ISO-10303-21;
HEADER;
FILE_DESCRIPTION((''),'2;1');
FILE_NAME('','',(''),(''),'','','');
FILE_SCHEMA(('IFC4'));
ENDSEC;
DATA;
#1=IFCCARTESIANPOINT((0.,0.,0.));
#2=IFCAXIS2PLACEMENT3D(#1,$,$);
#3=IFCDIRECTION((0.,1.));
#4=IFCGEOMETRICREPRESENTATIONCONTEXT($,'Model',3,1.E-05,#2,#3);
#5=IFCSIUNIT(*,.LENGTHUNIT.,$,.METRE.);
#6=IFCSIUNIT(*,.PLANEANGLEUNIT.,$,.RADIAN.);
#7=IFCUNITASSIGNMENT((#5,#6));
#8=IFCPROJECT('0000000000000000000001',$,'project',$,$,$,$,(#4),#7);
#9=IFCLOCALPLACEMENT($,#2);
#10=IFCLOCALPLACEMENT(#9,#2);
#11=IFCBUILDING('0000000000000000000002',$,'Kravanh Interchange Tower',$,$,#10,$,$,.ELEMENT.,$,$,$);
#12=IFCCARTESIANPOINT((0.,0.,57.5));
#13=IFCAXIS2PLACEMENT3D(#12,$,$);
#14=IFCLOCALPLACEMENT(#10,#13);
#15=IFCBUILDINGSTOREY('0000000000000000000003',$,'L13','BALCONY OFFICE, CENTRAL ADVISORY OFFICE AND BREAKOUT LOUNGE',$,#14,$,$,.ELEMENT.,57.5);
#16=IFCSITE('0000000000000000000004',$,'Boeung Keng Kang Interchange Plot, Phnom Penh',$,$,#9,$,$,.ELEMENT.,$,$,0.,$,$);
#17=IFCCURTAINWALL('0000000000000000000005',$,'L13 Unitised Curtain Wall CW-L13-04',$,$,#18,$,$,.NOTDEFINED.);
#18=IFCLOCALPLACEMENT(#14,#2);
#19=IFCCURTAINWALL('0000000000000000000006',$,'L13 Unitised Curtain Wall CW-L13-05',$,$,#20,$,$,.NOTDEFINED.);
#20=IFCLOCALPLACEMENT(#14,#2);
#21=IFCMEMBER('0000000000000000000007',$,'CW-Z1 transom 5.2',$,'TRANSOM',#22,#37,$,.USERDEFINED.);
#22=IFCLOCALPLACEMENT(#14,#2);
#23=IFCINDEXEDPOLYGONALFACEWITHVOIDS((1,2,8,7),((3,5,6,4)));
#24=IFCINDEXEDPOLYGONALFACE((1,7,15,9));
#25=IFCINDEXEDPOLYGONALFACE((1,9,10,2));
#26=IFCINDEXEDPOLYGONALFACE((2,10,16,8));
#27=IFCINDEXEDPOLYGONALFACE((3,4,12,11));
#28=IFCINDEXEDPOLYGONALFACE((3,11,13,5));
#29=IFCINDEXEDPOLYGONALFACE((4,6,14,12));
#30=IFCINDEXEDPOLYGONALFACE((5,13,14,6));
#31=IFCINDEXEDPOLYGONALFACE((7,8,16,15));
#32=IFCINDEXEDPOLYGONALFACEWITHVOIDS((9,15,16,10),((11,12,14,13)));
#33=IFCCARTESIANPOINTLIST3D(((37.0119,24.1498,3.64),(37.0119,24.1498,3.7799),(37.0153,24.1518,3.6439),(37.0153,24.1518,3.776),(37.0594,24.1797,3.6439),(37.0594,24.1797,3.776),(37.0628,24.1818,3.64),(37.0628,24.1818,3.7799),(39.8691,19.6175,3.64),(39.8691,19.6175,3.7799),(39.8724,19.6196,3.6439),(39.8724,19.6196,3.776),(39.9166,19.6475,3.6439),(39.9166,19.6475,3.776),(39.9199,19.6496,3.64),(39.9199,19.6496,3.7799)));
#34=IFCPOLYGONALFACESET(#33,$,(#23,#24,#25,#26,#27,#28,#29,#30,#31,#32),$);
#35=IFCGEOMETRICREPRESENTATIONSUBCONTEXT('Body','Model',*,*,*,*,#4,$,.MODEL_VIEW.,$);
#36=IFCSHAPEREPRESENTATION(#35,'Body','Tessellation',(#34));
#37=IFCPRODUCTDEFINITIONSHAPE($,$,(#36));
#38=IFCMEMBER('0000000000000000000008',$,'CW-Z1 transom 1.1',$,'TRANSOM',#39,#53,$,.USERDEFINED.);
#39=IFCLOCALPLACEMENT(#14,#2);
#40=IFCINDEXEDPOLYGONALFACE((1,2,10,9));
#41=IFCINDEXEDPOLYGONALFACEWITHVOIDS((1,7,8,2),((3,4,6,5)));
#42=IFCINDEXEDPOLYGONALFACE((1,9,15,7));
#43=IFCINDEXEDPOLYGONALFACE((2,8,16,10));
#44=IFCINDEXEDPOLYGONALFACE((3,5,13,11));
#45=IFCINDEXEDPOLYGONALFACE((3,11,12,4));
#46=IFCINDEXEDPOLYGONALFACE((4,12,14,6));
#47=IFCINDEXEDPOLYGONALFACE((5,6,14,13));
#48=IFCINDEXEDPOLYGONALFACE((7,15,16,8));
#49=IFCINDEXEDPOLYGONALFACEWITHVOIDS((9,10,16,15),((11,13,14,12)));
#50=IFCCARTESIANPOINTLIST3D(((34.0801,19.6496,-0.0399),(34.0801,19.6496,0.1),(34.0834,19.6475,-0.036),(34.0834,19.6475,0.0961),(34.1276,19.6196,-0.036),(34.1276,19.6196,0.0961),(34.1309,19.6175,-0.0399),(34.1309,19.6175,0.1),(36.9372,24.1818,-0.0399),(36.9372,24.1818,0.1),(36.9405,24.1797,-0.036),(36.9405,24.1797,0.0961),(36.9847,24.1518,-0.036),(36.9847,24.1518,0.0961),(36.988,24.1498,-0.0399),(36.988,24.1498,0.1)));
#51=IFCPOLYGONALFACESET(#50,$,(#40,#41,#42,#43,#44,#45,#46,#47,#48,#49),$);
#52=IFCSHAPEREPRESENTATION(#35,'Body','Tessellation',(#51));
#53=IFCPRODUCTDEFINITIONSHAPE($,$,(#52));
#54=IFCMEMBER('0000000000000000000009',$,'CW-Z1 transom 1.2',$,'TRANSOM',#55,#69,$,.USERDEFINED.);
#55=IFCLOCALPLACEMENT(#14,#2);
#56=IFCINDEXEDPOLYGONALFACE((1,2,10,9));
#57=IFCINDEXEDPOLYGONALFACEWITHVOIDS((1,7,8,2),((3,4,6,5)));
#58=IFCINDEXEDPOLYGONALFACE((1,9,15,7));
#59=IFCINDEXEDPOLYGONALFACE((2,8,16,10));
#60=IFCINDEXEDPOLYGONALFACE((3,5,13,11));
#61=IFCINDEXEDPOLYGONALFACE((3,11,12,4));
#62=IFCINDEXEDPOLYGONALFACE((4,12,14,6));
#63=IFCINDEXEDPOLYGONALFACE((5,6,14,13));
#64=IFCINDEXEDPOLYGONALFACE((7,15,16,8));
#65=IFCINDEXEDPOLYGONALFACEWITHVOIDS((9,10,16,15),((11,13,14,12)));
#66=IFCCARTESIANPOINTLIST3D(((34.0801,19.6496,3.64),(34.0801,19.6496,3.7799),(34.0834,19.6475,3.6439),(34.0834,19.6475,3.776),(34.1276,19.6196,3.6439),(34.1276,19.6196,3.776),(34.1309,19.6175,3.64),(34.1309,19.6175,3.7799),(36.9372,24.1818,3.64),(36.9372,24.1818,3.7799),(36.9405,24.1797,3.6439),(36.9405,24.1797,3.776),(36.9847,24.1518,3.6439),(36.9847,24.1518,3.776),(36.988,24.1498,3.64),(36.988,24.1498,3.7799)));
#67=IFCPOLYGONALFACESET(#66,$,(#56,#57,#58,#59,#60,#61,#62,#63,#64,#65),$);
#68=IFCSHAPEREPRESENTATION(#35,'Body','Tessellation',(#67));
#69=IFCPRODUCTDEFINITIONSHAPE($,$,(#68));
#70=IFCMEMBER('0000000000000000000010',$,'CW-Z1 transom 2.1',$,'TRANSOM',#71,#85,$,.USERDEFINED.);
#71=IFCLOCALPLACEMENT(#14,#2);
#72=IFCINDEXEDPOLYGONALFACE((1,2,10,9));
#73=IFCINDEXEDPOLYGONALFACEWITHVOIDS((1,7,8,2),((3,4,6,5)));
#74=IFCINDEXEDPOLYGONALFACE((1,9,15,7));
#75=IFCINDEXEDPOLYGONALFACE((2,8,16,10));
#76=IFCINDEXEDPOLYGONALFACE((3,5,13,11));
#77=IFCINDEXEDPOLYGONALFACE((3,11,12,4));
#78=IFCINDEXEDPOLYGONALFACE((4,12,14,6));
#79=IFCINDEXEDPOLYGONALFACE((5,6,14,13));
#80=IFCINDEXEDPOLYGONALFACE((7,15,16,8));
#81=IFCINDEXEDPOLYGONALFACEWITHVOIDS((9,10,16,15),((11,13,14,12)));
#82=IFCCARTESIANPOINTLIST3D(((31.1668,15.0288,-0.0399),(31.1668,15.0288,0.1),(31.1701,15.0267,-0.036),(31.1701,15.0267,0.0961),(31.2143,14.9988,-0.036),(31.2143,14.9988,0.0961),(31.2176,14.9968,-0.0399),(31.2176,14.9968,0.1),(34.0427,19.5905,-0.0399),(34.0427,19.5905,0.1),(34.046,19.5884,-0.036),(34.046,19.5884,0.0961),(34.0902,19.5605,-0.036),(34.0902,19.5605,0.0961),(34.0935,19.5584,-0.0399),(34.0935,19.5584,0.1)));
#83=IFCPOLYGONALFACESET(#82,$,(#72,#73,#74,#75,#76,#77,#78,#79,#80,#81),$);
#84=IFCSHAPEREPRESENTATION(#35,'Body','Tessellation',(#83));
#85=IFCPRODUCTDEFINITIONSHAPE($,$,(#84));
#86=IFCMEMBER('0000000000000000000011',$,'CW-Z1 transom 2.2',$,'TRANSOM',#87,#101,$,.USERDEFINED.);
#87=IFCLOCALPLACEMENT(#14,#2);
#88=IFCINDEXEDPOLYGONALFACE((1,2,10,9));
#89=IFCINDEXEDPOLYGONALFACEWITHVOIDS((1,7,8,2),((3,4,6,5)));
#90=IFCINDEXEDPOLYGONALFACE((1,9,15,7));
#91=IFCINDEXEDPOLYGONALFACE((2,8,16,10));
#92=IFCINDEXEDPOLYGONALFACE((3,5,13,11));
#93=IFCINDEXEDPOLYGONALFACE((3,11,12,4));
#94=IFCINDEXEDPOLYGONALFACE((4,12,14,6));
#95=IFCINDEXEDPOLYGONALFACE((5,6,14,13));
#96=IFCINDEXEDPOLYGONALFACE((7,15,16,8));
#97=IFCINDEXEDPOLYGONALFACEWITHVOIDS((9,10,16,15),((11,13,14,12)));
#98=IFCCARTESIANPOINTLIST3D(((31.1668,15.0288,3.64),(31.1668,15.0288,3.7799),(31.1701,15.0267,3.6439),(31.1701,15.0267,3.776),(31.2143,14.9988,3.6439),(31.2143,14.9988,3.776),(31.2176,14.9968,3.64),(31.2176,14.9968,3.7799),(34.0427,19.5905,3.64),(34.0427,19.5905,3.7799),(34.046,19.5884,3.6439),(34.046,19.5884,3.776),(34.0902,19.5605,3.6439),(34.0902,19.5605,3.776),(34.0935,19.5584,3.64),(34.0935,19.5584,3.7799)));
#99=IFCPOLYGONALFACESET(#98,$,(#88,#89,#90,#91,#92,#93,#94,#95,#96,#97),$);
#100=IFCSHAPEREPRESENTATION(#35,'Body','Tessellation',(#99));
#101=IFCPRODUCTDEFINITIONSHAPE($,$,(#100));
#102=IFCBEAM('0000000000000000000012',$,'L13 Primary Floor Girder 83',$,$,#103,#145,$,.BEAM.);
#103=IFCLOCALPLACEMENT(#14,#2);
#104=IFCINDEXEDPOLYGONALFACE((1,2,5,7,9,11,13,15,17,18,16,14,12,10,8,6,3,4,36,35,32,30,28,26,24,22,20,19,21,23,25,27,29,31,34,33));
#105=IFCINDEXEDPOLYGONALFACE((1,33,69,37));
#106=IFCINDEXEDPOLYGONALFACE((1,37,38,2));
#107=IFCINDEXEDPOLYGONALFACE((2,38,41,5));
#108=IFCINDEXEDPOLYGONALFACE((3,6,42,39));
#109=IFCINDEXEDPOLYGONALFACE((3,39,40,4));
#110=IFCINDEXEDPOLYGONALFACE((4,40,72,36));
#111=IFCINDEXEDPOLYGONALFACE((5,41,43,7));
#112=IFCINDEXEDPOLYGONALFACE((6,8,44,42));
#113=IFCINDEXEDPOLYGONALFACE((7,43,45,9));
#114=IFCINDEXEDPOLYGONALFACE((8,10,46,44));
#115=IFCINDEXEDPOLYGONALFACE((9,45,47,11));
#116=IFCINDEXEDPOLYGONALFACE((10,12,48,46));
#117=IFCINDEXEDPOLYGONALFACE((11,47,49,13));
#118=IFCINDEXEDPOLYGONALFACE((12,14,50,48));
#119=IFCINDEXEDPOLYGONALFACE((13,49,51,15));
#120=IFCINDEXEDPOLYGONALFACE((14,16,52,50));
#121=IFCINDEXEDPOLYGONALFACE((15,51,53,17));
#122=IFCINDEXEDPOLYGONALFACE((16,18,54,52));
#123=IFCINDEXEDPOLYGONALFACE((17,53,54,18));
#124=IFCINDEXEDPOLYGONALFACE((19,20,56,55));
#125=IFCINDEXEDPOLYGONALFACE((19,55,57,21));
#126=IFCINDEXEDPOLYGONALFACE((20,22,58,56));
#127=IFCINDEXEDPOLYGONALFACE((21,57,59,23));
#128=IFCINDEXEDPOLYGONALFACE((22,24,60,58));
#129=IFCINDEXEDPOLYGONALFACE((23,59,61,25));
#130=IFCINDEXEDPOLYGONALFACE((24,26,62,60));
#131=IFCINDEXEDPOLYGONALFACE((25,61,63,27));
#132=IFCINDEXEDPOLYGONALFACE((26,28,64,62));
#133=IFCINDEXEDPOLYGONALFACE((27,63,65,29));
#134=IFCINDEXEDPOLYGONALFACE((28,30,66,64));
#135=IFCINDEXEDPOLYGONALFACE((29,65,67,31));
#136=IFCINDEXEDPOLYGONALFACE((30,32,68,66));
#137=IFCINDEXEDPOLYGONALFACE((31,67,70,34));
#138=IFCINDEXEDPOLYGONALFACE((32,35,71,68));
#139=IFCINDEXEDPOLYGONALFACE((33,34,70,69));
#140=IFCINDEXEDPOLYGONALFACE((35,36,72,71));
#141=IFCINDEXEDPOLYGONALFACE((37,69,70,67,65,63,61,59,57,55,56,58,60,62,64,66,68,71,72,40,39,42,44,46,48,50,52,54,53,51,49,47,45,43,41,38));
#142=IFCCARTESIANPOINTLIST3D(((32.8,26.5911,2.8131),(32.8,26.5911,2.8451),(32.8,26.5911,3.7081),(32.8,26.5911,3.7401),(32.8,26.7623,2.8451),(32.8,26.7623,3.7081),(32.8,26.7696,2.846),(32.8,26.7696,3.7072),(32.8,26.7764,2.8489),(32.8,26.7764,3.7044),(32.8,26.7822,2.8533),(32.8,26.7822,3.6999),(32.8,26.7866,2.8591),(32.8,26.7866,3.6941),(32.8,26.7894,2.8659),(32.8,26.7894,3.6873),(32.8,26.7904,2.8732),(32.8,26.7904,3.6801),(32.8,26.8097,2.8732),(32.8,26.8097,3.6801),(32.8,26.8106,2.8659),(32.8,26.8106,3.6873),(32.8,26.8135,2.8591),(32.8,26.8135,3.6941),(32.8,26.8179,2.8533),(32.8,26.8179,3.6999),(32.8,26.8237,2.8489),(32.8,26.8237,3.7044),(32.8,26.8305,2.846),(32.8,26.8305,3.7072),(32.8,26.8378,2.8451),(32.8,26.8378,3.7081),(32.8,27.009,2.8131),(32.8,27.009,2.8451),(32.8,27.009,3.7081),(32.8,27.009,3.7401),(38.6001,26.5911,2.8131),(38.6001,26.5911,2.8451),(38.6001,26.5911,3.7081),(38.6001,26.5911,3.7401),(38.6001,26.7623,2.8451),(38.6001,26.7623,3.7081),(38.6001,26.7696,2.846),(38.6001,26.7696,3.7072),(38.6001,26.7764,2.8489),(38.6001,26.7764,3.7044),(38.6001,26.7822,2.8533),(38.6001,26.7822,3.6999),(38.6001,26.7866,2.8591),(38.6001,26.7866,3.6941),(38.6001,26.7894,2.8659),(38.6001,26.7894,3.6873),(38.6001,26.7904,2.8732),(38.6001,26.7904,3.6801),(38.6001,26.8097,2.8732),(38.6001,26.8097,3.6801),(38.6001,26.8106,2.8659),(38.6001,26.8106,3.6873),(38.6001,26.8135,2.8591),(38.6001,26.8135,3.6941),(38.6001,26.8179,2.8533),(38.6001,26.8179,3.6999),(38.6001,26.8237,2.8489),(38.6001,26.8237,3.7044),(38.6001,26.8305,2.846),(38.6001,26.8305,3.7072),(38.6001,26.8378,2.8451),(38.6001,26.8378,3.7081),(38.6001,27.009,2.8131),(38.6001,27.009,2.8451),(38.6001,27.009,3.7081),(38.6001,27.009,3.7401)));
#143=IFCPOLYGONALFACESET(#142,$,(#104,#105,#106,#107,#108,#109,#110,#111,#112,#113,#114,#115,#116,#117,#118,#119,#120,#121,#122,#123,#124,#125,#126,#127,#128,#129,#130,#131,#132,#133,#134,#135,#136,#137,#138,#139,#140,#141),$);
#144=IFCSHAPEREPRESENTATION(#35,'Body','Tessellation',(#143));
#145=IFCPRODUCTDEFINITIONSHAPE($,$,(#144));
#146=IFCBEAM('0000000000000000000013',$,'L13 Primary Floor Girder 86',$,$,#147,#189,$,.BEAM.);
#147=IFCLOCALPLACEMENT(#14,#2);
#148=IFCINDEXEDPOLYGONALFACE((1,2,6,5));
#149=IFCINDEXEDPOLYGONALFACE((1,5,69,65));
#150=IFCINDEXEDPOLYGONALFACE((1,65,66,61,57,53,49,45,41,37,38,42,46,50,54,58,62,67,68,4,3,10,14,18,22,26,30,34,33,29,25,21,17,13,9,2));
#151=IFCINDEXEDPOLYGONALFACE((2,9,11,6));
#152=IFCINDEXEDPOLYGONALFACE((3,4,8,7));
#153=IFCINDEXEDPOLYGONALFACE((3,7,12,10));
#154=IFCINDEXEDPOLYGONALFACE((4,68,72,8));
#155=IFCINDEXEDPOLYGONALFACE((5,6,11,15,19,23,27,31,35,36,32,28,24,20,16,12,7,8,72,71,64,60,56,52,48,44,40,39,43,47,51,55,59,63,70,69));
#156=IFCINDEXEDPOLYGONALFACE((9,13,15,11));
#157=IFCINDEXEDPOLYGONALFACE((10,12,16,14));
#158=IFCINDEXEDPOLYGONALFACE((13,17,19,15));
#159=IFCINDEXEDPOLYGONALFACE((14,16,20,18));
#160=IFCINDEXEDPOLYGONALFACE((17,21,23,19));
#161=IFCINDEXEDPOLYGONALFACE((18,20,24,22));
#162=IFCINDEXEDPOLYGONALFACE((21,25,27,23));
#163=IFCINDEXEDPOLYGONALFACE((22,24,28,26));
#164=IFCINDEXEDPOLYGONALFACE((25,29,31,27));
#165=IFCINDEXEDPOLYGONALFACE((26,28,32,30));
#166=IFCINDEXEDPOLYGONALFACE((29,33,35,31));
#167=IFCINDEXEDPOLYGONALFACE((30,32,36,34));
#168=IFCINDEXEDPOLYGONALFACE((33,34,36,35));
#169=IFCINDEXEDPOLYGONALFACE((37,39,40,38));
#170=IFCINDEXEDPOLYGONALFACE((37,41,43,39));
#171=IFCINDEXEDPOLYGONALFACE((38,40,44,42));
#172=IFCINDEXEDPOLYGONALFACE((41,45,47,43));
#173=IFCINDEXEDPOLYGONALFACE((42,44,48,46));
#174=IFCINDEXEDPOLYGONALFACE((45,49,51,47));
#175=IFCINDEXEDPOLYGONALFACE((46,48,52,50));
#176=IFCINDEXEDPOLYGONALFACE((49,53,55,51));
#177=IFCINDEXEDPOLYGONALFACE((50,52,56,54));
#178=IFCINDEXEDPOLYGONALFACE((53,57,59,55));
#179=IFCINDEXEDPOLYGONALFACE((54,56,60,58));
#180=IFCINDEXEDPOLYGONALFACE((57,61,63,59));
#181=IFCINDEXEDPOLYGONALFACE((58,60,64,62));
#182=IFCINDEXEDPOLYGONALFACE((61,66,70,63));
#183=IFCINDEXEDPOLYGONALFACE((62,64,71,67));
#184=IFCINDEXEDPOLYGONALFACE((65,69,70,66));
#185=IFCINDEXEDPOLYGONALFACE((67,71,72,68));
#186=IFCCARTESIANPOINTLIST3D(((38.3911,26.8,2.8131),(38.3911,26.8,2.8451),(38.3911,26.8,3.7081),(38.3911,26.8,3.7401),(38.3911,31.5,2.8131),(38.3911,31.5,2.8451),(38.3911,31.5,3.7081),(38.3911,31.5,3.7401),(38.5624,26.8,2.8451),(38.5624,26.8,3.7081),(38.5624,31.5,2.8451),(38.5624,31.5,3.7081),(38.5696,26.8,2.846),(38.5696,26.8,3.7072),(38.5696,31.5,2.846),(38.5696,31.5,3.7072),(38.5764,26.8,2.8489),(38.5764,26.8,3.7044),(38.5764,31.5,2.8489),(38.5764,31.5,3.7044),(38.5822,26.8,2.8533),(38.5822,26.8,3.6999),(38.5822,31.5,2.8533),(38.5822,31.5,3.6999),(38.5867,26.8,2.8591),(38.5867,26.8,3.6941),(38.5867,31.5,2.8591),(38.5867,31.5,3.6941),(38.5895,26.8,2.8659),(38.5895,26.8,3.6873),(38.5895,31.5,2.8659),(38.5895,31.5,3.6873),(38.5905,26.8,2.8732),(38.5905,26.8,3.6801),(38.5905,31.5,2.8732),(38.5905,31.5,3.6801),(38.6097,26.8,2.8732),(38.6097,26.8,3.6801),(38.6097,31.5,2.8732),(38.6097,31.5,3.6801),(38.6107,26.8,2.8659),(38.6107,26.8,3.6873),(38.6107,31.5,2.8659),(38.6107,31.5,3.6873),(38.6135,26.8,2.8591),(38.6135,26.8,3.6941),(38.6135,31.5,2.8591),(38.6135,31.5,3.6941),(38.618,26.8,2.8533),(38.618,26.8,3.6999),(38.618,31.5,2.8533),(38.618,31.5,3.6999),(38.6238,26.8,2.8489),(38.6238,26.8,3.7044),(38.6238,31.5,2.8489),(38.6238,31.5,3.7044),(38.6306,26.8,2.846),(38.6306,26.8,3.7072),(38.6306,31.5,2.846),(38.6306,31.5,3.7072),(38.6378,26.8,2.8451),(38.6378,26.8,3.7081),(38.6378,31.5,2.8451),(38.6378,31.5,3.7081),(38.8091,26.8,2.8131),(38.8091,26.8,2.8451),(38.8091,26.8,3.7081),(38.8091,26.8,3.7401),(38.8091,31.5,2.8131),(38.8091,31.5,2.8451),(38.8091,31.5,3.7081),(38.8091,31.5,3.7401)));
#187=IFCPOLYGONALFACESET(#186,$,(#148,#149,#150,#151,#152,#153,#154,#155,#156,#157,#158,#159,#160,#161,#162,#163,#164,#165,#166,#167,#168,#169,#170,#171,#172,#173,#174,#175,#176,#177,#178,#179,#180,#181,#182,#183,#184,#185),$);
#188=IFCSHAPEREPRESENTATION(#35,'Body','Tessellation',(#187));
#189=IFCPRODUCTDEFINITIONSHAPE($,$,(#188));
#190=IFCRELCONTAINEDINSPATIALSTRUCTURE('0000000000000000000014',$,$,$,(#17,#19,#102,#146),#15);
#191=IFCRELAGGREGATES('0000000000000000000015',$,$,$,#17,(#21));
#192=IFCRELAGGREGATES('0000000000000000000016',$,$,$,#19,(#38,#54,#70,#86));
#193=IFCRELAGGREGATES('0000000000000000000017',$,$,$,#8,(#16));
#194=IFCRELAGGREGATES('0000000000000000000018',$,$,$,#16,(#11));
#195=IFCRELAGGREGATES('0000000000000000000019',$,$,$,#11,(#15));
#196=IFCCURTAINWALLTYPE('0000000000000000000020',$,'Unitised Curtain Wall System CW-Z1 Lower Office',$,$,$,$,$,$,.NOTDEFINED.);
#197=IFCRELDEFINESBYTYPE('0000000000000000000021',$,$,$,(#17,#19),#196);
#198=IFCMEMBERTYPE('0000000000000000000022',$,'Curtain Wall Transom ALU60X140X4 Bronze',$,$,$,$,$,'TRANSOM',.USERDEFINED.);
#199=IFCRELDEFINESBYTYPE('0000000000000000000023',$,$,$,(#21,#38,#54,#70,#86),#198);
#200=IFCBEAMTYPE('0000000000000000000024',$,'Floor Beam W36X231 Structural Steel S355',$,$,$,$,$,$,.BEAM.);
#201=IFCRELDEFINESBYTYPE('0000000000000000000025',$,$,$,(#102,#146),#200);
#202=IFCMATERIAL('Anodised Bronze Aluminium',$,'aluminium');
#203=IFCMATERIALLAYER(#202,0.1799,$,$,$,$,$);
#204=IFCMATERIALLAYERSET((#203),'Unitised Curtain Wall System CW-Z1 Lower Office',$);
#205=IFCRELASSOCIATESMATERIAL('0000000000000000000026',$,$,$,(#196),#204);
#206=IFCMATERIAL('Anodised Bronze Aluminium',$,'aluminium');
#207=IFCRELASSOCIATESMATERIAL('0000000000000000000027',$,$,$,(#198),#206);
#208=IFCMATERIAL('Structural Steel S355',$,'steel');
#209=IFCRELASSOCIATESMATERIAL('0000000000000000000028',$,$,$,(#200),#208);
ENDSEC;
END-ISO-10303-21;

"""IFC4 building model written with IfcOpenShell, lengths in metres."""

from ifc_helpers import new_model, si_unit, direction, frame, origin, origin_2d, place, context, subcontext, project, spatial, hollow_rectangle, i_section, extrude, material, layer, layer_set, material_profile, profile_set, type_object, element, aggregate, save


model = new_model("IFC4")

# Units and contexts
model_context = context("Model", 3, precision=1e-05, world=origin(), true_north=direction((0.0, 1.0)))
body_context = subcontext(model_context, "Body", "Model", "MODEL_VIEW")
ifc_project = project(units=[si_unit("LENGTHUNIT", "METRE"), si_unit("PLANEANGLEUNIT", "RADIAN")], contexts=[model_context])

# Site, building, storey
site_placement = place(None, origin())
site = spatial("IfcSite", under=ifc_project, at=site_placement, Name="Boeung Keng Kang Interchange Plot, Phnom Penh", CompositionType="ELEMENT", RefElevation=0.0)
building_placement = place(site_placement, origin())
building = spatial("IfcBuilding", under=site, at=building_placement, Name="Kravanh Interchange Tower", CompositionType="ELEMENT")
storey_placement = place(building_placement, frame((0.0, 0.0, 57.5)))
storey = spatial("IfcBuildingStorey", under=building, at=storey_placement, Name="L13", Description="BALCONY OFFICE, CENTRAL ADVISORY OFFICE AND BREAKOUT LOUNGE", CompositionType="ELEMENT", Elevation=57.5)

# Curtain walls
ifc_material_1 = material(Name="Anodised Bronze Aluminium", Category="aluminium")
ifc_layer_1 = layer(ifc_material_1, 0.1799)
ifc_layer_set_1 = layer_set([ifc_layer_1], Name="Unitised Curtain Wall System CW-Z1 Lower Office")
curtain_wall_type = type_object("IfcCurtainWallType", Name="Unitised Curtain Wall System CW-Z1 Lower Office", PredefinedType="NOTDEFINED", material=ifc_layer_set_1)
curtain_wall_1_placement = place(storey_placement, origin())
curtain_wall_1 = element("IfcCurtainWall", 1, at=curtain_wall_1_placement, inside=storey, type_object=curtain_wall_type, Name="L13 Unitised Curtain Wall CW-L13-04", PredefinedType="NOTDEFINED")
curtain_wall_2_placement = place(storey_placement, origin())
curtain_wall_2 = element("IfcCurtainWall", 2, at=curtain_wall_2_placement, inside=storey, type_object=curtain_wall_type, Name="L13 Unitised Curtain Wall CW-L13-05", PredefinedType="NOTDEFINED")

# Members
ifc_material_2 = material(Name="Anodised Bronze Aluminium", Category="aluminium")
ifc_material_profile_1 = material_profile(ifc_material_2, hollow_rectangle(XDim=0.0601, YDim=0.1399, WallThickness=0.0039, at=origin_2d()), Name="ALU60X140X4")
ifc_profile_set_1 = profile_set([ifc_material_profile_1], Name="Anodised Bronze Aluminium")
member_type_1 = type_object("IfcMemberType", Name="Curtain Wall Transom ALU60X140X4 Bronze", ElementType="TRANSOM", PredefinedType="USERDEFINED", material=ifc_profile_set_1)
member_1_placement = place(storey_placement, frame((39.8945, 19.6335, 3.71), z_axis=(-0.533288, 0.845934, 0.0), x_axis=(-0.845934, -0.533288, 0.0)))
member_1 = element("IfcMember", 3, at=member_1_placement, type_object=member_type_1, Name="CW-Z1 transom 5.2", ObjectType="TRANSOM", PredefinedType="USERDEFINED", context=body_context, shape_type="SweptSolid", body=[
    extrude(hollow_rectangle(XDim=0.0601, YDim=0.1399, WallThickness=0.0039, at=origin_2d()), origin(), (0.0, 0.0, 1.0), 5.3577),
])
member_2_placement = place(storey_placement, frame((36.9626, 24.1658, 0.03), z_axis=(-0.533288, -0.845934, 0.0), x_axis=(0.845934, -0.533288, 0.0)))
member_2 = element("IfcMember", 4, at=member_2_placement, type_object=member_type_1, Name="CW-Z1 transom 1.1", ObjectType="TRANSOM", PredefinedType="USERDEFINED", context=body_context, shape_type="SweptSolid", body=[
    extrude(hollow_rectangle(XDim=0.0601, YDim=0.1399, WallThickness=0.0039, at=origin_2d()), origin(), (0.0, 0.0, 1.0), 5.3577),
])
member_3_placement = place(storey_placement, frame((36.9626, 24.1658, 3.71), z_axis=(-0.533288, -0.845934, 0.0), x_axis=(0.845934, -0.533288, 0.0)))
member_3 = element("IfcMember", 5, at=member_3_placement, type_object=member_type_1, Name="CW-Z1 transom 1.2", ObjectType="TRANSOM", PredefinedType="USERDEFINED", context=body_context, shape_type="SweptSolid", body=[
    extrude(hollow_rectangle(XDim=0.0601, YDim=0.1399, WallThickness=0.0039, at=origin_2d()), origin(), (0.0, 0.0, 1.0), 5.3577),
])
member_4_placement = place(storey_placement, frame((34.0681, 19.5745, 0.03), z_axis=(-0.533311, -0.845919, 0.0), x_axis=(0.845919, -0.533311, 0.0)))
member_4 = element("IfcMember", 6, at=member_4_placement, type_object=member_type_1, Name="CW-Z1 transom 2.1", ObjectType="TRANSOM", PredefinedType="USERDEFINED", context=body_context, shape_type="SweptSolid", body=[
    extrude(hollow_rectangle(XDim=0.0601, YDim=0.1399, WallThickness=0.0039, at=origin_2d()), origin(), (0.0, 0.0, 1.0), 5.3926),
])
member_5_placement = place(storey_placement, frame((34.0681, 19.5745, 3.71), z_axis=(-0.533311, -0.845919, 0.0), x_axis=(0.845919, -0.533311, 0.0)))
member_5 = element("IfcMember", 7, at=member_5_placement, type_object=member_type_1, Name="CW-Z1 transom 2.2", ObjectType="TRANSOM", PredefinedType="USERDEFINED", context=body_context, shape_type="SweptSolid", body=[
    extrude(hollow_rectangle(XDim=0.0601, YDim=0.1399, WallThickness=0.0039, at=origin_2d()), origin(), (0.0, 0.0, 1.0), 5.3926),
])

# Beams
ifc_material_3 = material(Name="Structural Steel S355", Category="steel")
ifc_material_profile_2 = material_profile(ifc_material_3, i_section(OverallWidth=0.418, OverallDepth=0.927, WebThickness=0.0193, FlangeThickness=0.032, FilletRadius=0.0281, at=origin_2d()), Name="W36X231")
ifc_profile_set_2 = profile_set([ifc_material_profile_2], Name="Structural Steel S355")
beam_type_1 = type_object("IfcBeamType", Name="Floor Beam W36X231 Structural Steel S355", PredefinedType="BEAM", material=ifc_profile_set_2)
beam_1_placement = place(storey_placement, frame((32.8, 26.8, 3.2766), z_axis=(1.0, 0.0, 0.0), x_axis=(0.0, 1.0, 0.0)))
element("IfcBeam", 8, at=beam_1_placement, inside=storey, type_object=beam_type_1, Name="L13 Primary Floor Girder 83", PredefinedType="BEAM", context=body_context, shape_type="SweptSolid", body=[
    extrude(i_section(OverallWidth=0.418, OverallDepth=0.927, WebThickness=0.0193, FlangeThickness=0.032, FilletRadius=0.0281, at=origin_2d()), origin(), (0.0, 0.0, 1.0), 5.8),
])
beam_2_placement = place(storey_placement, frame((38.6001, 26.8, 3.2766), z_axis=(0.0, 1.0, 0.0), x_axis=(-1.0, 0.0, 0.0)))
element("IfcBeam", 9, at=beam_2_placement, inside=storey, type_object=beam_type_1, Name="L13 Primary Floor Girder 86", PredefinedType="BEAM", context=body_context, shape_type="SweptSolid", body=[
    extrude(i_section(OverallWidth=0.418, OverallDepth=0.927, WebThickness=0.0193, FlangeThickness=0.032, FilletRadius=0.0281, at=origin_2d()), origin(), (0.0, 0.0, 1.0), 4.7),
])

aggregate(curtain_wall_1, [member_1])
aggregate(curtain_wall_2, [member_2, member_3, member_4, member_5])

save(model, "model.ifc")
